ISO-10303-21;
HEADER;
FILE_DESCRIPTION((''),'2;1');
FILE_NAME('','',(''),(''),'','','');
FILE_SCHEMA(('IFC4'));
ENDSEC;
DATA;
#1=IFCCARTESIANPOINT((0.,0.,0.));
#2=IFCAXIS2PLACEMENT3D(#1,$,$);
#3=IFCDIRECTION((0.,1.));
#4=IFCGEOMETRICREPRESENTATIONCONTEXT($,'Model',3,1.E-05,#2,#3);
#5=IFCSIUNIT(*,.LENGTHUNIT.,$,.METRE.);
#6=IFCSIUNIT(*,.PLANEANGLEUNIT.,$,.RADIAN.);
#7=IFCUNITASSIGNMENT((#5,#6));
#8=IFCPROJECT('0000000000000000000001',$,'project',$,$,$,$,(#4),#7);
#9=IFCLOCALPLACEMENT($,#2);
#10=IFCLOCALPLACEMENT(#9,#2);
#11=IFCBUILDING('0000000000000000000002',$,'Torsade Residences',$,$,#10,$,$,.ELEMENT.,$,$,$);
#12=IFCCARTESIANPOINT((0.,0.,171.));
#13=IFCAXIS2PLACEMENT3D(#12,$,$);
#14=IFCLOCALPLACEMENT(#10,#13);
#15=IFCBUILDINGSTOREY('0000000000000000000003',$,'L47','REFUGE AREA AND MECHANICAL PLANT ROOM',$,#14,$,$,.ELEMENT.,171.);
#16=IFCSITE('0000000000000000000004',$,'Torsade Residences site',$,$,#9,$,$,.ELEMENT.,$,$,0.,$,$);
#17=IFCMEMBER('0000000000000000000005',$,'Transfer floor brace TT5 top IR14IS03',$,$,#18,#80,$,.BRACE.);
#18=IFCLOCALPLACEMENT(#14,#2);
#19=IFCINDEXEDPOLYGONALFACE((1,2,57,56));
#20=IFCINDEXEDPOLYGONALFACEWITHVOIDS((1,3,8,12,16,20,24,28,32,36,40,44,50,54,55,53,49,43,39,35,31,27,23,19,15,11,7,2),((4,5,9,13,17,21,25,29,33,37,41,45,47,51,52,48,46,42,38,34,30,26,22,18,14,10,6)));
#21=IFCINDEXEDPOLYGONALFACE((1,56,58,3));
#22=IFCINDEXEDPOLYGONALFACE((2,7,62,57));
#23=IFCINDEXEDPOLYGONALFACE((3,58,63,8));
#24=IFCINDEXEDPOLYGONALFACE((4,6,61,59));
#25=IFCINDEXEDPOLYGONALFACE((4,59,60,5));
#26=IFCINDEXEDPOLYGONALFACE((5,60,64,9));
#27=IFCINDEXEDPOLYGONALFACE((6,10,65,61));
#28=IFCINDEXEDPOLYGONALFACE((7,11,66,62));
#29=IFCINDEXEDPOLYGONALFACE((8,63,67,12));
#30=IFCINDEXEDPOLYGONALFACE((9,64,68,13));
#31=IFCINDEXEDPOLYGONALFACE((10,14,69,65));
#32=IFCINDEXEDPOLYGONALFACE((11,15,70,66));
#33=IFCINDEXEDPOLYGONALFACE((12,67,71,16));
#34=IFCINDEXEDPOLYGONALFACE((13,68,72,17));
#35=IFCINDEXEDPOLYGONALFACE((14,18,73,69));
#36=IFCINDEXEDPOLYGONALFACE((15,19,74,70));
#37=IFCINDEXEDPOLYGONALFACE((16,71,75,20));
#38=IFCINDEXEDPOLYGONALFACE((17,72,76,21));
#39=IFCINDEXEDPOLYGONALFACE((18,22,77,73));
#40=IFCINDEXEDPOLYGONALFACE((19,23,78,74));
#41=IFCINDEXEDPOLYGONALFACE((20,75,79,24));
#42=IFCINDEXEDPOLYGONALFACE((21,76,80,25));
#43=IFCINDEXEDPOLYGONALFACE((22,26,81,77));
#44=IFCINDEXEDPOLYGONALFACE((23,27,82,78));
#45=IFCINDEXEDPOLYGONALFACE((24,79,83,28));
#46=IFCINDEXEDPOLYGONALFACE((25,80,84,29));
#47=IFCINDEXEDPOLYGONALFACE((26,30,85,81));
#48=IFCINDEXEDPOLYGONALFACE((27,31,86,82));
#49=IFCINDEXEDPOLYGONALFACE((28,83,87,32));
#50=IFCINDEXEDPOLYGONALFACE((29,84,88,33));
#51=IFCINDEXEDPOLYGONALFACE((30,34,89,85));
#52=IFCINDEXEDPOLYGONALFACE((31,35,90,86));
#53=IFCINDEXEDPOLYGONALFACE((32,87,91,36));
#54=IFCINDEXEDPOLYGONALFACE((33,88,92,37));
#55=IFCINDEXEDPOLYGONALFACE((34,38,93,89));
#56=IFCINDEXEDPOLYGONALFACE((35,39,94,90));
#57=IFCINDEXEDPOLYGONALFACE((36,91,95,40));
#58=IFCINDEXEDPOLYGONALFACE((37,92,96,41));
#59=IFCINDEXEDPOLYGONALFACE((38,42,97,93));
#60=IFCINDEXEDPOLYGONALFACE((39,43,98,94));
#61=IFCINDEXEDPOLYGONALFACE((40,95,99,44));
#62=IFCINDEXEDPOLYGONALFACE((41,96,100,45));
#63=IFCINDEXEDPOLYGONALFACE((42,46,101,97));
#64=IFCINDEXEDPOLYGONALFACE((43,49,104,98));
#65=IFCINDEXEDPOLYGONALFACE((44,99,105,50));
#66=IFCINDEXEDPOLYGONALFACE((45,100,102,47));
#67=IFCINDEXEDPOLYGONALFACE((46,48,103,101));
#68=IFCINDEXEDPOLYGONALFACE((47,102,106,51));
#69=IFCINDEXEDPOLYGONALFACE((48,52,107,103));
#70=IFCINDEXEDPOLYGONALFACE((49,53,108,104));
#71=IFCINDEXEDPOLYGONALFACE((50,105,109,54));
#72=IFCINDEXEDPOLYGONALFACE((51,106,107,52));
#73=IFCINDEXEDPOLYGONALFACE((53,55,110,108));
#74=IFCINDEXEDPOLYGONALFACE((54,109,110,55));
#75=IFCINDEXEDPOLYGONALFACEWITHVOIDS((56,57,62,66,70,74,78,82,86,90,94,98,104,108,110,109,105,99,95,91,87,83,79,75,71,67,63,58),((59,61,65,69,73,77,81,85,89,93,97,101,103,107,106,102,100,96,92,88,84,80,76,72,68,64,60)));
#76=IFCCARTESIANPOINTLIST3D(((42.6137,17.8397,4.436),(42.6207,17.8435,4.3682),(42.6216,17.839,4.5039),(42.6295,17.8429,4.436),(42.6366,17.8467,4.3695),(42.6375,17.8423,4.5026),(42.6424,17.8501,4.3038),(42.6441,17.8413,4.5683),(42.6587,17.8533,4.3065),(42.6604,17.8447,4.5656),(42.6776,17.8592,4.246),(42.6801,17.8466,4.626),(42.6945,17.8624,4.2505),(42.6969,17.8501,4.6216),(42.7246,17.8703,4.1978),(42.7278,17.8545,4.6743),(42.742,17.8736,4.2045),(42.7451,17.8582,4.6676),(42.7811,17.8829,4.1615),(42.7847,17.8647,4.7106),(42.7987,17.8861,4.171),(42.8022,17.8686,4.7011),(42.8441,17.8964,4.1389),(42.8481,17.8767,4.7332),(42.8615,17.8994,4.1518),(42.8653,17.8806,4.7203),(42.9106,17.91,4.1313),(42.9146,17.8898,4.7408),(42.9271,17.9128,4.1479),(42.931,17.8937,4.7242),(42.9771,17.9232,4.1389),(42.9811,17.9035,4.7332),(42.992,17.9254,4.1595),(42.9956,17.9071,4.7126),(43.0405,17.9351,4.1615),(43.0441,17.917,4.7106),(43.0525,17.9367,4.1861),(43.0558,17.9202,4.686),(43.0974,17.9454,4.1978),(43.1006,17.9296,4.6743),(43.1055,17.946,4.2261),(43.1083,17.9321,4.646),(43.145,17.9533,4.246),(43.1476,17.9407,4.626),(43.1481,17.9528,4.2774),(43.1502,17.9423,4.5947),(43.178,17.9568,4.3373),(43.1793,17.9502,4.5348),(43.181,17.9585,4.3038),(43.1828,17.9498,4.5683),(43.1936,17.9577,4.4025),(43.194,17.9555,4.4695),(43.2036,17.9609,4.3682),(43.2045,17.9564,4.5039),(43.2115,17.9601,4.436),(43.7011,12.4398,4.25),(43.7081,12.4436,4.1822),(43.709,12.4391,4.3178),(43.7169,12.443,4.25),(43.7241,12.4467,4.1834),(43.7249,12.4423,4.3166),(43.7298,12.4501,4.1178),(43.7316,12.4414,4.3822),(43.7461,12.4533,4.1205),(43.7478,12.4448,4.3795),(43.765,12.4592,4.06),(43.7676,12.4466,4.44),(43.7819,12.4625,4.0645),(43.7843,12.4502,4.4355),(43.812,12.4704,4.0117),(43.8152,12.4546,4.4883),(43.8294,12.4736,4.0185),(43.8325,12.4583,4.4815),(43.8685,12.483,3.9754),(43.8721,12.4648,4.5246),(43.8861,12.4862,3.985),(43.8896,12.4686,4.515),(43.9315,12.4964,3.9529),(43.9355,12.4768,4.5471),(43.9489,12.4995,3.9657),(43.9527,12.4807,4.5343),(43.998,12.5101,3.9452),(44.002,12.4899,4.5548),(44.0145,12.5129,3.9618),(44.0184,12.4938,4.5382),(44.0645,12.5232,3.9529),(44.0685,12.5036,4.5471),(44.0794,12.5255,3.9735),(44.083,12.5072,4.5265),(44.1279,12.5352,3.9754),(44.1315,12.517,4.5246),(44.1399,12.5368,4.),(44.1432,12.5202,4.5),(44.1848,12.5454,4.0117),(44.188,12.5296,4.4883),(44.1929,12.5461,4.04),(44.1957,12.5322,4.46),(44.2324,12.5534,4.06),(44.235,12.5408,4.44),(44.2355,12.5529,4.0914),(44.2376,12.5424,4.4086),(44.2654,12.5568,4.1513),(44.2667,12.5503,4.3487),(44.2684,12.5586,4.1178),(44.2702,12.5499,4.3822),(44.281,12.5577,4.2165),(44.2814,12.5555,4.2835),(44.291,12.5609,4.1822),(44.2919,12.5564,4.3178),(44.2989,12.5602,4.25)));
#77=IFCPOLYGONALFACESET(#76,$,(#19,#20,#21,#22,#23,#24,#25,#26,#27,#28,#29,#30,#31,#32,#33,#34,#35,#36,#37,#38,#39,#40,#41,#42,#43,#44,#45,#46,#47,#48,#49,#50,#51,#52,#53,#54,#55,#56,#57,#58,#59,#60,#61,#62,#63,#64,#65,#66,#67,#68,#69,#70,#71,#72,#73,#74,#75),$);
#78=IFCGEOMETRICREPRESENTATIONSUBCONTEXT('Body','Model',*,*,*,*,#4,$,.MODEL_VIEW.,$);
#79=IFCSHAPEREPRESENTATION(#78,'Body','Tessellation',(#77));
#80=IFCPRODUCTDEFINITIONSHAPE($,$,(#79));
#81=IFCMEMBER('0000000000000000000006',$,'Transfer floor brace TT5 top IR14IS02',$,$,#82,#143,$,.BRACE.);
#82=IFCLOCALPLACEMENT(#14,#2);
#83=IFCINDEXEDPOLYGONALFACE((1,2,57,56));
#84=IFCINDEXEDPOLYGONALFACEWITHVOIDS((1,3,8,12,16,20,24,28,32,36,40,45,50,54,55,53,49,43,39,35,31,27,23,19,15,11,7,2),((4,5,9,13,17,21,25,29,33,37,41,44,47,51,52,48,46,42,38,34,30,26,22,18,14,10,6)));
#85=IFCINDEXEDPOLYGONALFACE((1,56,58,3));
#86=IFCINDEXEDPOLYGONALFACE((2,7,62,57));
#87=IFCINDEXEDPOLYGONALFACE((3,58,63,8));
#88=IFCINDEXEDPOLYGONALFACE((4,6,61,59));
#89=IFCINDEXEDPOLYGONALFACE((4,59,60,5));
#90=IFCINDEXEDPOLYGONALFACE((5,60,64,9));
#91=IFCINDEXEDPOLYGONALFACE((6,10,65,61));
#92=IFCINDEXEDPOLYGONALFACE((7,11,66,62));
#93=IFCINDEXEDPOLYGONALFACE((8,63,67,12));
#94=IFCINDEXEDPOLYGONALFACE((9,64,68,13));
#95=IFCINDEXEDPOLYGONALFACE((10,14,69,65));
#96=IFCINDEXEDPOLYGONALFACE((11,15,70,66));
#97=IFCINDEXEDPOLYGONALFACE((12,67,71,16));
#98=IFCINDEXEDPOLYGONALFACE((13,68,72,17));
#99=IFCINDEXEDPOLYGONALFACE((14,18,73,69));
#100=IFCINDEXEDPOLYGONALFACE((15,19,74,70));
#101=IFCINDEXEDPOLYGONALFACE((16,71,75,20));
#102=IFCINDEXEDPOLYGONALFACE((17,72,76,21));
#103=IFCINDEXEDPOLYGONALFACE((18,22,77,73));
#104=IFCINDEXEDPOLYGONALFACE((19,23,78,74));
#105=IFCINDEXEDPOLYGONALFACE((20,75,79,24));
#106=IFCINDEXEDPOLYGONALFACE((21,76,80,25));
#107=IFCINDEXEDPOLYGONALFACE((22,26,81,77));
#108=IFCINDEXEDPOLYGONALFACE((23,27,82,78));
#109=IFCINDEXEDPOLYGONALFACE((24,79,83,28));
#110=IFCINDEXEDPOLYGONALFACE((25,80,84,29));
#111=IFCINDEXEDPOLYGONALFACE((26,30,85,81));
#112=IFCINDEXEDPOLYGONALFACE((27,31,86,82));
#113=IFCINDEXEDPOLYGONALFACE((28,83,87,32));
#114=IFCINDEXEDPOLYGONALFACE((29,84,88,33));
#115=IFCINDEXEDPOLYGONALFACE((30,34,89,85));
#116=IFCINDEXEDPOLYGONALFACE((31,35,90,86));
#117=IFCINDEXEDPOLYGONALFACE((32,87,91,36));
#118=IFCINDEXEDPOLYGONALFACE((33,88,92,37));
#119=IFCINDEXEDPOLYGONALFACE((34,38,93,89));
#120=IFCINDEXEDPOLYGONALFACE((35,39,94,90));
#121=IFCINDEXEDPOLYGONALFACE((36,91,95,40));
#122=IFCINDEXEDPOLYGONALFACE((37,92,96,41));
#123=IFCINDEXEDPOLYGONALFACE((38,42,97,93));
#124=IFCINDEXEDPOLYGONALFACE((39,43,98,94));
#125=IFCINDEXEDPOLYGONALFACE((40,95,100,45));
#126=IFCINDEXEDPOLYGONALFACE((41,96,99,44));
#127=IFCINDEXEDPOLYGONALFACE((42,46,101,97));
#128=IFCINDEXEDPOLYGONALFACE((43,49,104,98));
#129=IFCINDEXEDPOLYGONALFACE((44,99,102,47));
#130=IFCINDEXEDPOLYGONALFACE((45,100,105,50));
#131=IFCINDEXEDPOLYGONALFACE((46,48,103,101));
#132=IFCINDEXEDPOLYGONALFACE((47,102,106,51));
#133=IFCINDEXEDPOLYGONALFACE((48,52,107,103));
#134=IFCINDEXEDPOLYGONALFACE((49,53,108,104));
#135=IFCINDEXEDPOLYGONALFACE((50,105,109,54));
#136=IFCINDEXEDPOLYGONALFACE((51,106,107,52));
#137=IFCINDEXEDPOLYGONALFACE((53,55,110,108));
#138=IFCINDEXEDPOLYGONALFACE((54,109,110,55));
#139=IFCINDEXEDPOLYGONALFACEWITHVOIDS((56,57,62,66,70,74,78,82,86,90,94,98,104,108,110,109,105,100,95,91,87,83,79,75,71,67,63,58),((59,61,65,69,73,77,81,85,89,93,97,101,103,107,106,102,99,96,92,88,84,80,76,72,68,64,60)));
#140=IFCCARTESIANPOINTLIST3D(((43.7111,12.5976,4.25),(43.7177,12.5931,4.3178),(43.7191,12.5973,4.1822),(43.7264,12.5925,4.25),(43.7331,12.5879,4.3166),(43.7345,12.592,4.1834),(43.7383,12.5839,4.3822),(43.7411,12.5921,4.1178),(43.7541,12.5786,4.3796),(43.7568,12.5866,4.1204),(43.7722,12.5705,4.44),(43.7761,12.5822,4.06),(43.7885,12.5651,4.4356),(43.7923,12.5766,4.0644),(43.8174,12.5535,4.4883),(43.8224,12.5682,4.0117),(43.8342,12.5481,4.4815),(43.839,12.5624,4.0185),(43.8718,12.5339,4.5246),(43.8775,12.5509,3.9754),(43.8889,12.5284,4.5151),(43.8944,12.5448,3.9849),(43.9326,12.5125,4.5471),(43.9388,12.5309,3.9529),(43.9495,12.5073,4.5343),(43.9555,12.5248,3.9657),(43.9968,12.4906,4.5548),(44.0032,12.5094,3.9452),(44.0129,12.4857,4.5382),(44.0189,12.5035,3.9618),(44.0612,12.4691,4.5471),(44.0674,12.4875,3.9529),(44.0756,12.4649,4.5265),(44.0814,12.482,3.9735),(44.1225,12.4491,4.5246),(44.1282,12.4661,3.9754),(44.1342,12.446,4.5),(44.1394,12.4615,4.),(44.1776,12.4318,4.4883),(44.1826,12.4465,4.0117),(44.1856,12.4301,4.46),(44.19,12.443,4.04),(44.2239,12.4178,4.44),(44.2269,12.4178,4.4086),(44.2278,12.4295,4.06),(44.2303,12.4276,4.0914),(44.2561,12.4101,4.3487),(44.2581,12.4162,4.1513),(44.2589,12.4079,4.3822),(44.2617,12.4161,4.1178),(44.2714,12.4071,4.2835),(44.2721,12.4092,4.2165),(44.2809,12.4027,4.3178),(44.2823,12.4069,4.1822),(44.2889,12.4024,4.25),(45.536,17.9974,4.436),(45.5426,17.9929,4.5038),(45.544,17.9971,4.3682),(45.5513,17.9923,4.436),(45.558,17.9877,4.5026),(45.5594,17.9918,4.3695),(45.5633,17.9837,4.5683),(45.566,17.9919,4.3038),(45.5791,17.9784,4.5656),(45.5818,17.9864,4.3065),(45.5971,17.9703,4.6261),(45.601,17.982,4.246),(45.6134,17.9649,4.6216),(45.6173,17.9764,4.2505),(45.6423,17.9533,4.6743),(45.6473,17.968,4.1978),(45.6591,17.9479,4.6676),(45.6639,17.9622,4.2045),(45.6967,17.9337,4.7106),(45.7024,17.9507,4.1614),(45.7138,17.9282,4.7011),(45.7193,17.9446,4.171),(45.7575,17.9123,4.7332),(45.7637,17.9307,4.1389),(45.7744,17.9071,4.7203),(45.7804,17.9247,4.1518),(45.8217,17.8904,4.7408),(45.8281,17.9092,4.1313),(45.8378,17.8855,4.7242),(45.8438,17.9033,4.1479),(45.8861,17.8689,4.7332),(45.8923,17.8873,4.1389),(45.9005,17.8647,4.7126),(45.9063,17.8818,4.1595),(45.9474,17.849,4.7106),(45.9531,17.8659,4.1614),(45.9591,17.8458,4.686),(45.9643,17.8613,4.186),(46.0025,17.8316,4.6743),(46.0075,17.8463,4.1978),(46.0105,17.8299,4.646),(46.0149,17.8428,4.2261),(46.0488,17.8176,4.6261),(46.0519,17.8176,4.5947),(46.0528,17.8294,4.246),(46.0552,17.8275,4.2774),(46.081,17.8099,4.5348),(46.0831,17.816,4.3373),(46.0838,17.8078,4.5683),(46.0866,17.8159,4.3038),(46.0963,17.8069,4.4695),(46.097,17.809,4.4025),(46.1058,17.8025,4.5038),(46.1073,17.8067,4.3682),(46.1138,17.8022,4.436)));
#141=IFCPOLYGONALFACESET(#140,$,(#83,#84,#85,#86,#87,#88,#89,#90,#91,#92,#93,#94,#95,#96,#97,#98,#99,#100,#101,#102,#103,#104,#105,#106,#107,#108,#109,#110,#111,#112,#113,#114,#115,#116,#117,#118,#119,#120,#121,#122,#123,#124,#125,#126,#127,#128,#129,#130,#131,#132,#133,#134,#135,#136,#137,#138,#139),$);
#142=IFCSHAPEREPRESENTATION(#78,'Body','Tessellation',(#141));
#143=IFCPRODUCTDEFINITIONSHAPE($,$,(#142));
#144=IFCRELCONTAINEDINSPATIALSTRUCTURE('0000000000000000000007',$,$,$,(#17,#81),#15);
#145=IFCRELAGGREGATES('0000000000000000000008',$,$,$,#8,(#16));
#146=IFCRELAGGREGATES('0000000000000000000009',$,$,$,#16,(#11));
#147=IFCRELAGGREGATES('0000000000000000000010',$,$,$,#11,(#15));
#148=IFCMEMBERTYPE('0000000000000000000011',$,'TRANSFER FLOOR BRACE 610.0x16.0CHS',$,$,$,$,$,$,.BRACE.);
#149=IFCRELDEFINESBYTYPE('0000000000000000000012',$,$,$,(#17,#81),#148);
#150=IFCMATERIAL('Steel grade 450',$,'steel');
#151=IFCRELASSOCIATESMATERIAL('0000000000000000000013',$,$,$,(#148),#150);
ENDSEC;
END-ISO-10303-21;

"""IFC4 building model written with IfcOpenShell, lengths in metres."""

from ifc_helpers import new_model, si_unit, direction, frame, origin, origin_2d, place, context, subcontext, project, spatial, hollow_circle, extrude, material, material_profile, profile_set, type_object, element, save


model = new_model("IFC4")

# Units and contexts
model_context = context("Model", 3, precision=1e-05, world=origin(), true_north=direction((0.0, 1.0)))
body_context = subcontext(model_context, "Body", "Model", "MODEL_VIEW")
ifc_project = project(units=[si_unit("LENGTHUNIT", "METRE"), si_unit("PLANEANGLEUNIT", "RADIAN")], contexts=[model_context])

# Site, building, storey
site_placement = place(None, origin())
site = spatial("IfcSite", under=ifc_project, at=site_placement, Name="Torsade Residences site", CompositionType="ELEMENT", RefElevation=0.0)
building_placement = place(site_placement, origin())
building = spatial("IfcBuilding", under=site, at=building_placement, Name="Torsade Residences", CompositionType="ELEMENT")
storey_placement = place(building_placement, frame((0.0, 0.0, 171.0)))
storey = spatial("IfcBuildingStorey", under=building, at=storey_placement, Name="L47", Description="REFUGE AREA AND MECHANICAL PLANT ROOM", CompositionType="ELEMENT", Elevation=171.0)

# Members
ifc_material_1 = material(Name="Steel grade 450", Category="steel")
ifc_material_profile_1 = material_profile(ifc_material_1, hollow_circle(Radius=0.3049, WallThickness=0.0161, at=origin_2d()), Name="610.0x16.0CHS")
ifc_profile_set_1 = profile_set([ifc_material_profile_1], Name="Steel grade 450")
member_type_1 = type_object("IfcMemberType", Name="TRANSFER FLOOR BRACE 610.0x16.0CHS", PredefinedType="BRACE", material=ifc_profile_set_1)
member_1_placement = place(storey_placement, frame((44.0, 12.5, 4.25), z_axis=(-0.197299, 0.979762, 0.033754), x_axis=(-0.980321, -0.197412, 0.0)))
element("IfcMember", 1, at=member_1_placement, inside=storey, type_object=member_type_1, Name="Transfer floor brace TT5 top IR14IS03", PredefinedType="BRACE", context=body_context, shape_type="SweptSolid", body=[
    extrude(hollow_circle(Radius=0.3049, WallThickness=0.0161, at=origin_2d()), origin(), (0.0, 0.0, 1.0), 5.5115),
])
member_2_placement = place(storey_placement, frame((44.0, 12.5, 4.25), z_axis=(0.319999, 0.946856, 0.032621), x_axis=(-0.94736, 0.32017, 0.0)))
element("IfcMember", 2, at=member_2_placement, inside=storey, type_object=member_type_1, Name="Transfer floor brace TT5 top IR14IS02", PredefinedType="BRACE", context=body_context, shape_type="SweptSolid", body=[
    extrude(hollow_circle(Radius=0.3049, WallThickness=0.0161, at=origin_2d()), origin(), (0.0, 0.0, 1.0), 5.7029),
])

save(model, "model.ifc")
